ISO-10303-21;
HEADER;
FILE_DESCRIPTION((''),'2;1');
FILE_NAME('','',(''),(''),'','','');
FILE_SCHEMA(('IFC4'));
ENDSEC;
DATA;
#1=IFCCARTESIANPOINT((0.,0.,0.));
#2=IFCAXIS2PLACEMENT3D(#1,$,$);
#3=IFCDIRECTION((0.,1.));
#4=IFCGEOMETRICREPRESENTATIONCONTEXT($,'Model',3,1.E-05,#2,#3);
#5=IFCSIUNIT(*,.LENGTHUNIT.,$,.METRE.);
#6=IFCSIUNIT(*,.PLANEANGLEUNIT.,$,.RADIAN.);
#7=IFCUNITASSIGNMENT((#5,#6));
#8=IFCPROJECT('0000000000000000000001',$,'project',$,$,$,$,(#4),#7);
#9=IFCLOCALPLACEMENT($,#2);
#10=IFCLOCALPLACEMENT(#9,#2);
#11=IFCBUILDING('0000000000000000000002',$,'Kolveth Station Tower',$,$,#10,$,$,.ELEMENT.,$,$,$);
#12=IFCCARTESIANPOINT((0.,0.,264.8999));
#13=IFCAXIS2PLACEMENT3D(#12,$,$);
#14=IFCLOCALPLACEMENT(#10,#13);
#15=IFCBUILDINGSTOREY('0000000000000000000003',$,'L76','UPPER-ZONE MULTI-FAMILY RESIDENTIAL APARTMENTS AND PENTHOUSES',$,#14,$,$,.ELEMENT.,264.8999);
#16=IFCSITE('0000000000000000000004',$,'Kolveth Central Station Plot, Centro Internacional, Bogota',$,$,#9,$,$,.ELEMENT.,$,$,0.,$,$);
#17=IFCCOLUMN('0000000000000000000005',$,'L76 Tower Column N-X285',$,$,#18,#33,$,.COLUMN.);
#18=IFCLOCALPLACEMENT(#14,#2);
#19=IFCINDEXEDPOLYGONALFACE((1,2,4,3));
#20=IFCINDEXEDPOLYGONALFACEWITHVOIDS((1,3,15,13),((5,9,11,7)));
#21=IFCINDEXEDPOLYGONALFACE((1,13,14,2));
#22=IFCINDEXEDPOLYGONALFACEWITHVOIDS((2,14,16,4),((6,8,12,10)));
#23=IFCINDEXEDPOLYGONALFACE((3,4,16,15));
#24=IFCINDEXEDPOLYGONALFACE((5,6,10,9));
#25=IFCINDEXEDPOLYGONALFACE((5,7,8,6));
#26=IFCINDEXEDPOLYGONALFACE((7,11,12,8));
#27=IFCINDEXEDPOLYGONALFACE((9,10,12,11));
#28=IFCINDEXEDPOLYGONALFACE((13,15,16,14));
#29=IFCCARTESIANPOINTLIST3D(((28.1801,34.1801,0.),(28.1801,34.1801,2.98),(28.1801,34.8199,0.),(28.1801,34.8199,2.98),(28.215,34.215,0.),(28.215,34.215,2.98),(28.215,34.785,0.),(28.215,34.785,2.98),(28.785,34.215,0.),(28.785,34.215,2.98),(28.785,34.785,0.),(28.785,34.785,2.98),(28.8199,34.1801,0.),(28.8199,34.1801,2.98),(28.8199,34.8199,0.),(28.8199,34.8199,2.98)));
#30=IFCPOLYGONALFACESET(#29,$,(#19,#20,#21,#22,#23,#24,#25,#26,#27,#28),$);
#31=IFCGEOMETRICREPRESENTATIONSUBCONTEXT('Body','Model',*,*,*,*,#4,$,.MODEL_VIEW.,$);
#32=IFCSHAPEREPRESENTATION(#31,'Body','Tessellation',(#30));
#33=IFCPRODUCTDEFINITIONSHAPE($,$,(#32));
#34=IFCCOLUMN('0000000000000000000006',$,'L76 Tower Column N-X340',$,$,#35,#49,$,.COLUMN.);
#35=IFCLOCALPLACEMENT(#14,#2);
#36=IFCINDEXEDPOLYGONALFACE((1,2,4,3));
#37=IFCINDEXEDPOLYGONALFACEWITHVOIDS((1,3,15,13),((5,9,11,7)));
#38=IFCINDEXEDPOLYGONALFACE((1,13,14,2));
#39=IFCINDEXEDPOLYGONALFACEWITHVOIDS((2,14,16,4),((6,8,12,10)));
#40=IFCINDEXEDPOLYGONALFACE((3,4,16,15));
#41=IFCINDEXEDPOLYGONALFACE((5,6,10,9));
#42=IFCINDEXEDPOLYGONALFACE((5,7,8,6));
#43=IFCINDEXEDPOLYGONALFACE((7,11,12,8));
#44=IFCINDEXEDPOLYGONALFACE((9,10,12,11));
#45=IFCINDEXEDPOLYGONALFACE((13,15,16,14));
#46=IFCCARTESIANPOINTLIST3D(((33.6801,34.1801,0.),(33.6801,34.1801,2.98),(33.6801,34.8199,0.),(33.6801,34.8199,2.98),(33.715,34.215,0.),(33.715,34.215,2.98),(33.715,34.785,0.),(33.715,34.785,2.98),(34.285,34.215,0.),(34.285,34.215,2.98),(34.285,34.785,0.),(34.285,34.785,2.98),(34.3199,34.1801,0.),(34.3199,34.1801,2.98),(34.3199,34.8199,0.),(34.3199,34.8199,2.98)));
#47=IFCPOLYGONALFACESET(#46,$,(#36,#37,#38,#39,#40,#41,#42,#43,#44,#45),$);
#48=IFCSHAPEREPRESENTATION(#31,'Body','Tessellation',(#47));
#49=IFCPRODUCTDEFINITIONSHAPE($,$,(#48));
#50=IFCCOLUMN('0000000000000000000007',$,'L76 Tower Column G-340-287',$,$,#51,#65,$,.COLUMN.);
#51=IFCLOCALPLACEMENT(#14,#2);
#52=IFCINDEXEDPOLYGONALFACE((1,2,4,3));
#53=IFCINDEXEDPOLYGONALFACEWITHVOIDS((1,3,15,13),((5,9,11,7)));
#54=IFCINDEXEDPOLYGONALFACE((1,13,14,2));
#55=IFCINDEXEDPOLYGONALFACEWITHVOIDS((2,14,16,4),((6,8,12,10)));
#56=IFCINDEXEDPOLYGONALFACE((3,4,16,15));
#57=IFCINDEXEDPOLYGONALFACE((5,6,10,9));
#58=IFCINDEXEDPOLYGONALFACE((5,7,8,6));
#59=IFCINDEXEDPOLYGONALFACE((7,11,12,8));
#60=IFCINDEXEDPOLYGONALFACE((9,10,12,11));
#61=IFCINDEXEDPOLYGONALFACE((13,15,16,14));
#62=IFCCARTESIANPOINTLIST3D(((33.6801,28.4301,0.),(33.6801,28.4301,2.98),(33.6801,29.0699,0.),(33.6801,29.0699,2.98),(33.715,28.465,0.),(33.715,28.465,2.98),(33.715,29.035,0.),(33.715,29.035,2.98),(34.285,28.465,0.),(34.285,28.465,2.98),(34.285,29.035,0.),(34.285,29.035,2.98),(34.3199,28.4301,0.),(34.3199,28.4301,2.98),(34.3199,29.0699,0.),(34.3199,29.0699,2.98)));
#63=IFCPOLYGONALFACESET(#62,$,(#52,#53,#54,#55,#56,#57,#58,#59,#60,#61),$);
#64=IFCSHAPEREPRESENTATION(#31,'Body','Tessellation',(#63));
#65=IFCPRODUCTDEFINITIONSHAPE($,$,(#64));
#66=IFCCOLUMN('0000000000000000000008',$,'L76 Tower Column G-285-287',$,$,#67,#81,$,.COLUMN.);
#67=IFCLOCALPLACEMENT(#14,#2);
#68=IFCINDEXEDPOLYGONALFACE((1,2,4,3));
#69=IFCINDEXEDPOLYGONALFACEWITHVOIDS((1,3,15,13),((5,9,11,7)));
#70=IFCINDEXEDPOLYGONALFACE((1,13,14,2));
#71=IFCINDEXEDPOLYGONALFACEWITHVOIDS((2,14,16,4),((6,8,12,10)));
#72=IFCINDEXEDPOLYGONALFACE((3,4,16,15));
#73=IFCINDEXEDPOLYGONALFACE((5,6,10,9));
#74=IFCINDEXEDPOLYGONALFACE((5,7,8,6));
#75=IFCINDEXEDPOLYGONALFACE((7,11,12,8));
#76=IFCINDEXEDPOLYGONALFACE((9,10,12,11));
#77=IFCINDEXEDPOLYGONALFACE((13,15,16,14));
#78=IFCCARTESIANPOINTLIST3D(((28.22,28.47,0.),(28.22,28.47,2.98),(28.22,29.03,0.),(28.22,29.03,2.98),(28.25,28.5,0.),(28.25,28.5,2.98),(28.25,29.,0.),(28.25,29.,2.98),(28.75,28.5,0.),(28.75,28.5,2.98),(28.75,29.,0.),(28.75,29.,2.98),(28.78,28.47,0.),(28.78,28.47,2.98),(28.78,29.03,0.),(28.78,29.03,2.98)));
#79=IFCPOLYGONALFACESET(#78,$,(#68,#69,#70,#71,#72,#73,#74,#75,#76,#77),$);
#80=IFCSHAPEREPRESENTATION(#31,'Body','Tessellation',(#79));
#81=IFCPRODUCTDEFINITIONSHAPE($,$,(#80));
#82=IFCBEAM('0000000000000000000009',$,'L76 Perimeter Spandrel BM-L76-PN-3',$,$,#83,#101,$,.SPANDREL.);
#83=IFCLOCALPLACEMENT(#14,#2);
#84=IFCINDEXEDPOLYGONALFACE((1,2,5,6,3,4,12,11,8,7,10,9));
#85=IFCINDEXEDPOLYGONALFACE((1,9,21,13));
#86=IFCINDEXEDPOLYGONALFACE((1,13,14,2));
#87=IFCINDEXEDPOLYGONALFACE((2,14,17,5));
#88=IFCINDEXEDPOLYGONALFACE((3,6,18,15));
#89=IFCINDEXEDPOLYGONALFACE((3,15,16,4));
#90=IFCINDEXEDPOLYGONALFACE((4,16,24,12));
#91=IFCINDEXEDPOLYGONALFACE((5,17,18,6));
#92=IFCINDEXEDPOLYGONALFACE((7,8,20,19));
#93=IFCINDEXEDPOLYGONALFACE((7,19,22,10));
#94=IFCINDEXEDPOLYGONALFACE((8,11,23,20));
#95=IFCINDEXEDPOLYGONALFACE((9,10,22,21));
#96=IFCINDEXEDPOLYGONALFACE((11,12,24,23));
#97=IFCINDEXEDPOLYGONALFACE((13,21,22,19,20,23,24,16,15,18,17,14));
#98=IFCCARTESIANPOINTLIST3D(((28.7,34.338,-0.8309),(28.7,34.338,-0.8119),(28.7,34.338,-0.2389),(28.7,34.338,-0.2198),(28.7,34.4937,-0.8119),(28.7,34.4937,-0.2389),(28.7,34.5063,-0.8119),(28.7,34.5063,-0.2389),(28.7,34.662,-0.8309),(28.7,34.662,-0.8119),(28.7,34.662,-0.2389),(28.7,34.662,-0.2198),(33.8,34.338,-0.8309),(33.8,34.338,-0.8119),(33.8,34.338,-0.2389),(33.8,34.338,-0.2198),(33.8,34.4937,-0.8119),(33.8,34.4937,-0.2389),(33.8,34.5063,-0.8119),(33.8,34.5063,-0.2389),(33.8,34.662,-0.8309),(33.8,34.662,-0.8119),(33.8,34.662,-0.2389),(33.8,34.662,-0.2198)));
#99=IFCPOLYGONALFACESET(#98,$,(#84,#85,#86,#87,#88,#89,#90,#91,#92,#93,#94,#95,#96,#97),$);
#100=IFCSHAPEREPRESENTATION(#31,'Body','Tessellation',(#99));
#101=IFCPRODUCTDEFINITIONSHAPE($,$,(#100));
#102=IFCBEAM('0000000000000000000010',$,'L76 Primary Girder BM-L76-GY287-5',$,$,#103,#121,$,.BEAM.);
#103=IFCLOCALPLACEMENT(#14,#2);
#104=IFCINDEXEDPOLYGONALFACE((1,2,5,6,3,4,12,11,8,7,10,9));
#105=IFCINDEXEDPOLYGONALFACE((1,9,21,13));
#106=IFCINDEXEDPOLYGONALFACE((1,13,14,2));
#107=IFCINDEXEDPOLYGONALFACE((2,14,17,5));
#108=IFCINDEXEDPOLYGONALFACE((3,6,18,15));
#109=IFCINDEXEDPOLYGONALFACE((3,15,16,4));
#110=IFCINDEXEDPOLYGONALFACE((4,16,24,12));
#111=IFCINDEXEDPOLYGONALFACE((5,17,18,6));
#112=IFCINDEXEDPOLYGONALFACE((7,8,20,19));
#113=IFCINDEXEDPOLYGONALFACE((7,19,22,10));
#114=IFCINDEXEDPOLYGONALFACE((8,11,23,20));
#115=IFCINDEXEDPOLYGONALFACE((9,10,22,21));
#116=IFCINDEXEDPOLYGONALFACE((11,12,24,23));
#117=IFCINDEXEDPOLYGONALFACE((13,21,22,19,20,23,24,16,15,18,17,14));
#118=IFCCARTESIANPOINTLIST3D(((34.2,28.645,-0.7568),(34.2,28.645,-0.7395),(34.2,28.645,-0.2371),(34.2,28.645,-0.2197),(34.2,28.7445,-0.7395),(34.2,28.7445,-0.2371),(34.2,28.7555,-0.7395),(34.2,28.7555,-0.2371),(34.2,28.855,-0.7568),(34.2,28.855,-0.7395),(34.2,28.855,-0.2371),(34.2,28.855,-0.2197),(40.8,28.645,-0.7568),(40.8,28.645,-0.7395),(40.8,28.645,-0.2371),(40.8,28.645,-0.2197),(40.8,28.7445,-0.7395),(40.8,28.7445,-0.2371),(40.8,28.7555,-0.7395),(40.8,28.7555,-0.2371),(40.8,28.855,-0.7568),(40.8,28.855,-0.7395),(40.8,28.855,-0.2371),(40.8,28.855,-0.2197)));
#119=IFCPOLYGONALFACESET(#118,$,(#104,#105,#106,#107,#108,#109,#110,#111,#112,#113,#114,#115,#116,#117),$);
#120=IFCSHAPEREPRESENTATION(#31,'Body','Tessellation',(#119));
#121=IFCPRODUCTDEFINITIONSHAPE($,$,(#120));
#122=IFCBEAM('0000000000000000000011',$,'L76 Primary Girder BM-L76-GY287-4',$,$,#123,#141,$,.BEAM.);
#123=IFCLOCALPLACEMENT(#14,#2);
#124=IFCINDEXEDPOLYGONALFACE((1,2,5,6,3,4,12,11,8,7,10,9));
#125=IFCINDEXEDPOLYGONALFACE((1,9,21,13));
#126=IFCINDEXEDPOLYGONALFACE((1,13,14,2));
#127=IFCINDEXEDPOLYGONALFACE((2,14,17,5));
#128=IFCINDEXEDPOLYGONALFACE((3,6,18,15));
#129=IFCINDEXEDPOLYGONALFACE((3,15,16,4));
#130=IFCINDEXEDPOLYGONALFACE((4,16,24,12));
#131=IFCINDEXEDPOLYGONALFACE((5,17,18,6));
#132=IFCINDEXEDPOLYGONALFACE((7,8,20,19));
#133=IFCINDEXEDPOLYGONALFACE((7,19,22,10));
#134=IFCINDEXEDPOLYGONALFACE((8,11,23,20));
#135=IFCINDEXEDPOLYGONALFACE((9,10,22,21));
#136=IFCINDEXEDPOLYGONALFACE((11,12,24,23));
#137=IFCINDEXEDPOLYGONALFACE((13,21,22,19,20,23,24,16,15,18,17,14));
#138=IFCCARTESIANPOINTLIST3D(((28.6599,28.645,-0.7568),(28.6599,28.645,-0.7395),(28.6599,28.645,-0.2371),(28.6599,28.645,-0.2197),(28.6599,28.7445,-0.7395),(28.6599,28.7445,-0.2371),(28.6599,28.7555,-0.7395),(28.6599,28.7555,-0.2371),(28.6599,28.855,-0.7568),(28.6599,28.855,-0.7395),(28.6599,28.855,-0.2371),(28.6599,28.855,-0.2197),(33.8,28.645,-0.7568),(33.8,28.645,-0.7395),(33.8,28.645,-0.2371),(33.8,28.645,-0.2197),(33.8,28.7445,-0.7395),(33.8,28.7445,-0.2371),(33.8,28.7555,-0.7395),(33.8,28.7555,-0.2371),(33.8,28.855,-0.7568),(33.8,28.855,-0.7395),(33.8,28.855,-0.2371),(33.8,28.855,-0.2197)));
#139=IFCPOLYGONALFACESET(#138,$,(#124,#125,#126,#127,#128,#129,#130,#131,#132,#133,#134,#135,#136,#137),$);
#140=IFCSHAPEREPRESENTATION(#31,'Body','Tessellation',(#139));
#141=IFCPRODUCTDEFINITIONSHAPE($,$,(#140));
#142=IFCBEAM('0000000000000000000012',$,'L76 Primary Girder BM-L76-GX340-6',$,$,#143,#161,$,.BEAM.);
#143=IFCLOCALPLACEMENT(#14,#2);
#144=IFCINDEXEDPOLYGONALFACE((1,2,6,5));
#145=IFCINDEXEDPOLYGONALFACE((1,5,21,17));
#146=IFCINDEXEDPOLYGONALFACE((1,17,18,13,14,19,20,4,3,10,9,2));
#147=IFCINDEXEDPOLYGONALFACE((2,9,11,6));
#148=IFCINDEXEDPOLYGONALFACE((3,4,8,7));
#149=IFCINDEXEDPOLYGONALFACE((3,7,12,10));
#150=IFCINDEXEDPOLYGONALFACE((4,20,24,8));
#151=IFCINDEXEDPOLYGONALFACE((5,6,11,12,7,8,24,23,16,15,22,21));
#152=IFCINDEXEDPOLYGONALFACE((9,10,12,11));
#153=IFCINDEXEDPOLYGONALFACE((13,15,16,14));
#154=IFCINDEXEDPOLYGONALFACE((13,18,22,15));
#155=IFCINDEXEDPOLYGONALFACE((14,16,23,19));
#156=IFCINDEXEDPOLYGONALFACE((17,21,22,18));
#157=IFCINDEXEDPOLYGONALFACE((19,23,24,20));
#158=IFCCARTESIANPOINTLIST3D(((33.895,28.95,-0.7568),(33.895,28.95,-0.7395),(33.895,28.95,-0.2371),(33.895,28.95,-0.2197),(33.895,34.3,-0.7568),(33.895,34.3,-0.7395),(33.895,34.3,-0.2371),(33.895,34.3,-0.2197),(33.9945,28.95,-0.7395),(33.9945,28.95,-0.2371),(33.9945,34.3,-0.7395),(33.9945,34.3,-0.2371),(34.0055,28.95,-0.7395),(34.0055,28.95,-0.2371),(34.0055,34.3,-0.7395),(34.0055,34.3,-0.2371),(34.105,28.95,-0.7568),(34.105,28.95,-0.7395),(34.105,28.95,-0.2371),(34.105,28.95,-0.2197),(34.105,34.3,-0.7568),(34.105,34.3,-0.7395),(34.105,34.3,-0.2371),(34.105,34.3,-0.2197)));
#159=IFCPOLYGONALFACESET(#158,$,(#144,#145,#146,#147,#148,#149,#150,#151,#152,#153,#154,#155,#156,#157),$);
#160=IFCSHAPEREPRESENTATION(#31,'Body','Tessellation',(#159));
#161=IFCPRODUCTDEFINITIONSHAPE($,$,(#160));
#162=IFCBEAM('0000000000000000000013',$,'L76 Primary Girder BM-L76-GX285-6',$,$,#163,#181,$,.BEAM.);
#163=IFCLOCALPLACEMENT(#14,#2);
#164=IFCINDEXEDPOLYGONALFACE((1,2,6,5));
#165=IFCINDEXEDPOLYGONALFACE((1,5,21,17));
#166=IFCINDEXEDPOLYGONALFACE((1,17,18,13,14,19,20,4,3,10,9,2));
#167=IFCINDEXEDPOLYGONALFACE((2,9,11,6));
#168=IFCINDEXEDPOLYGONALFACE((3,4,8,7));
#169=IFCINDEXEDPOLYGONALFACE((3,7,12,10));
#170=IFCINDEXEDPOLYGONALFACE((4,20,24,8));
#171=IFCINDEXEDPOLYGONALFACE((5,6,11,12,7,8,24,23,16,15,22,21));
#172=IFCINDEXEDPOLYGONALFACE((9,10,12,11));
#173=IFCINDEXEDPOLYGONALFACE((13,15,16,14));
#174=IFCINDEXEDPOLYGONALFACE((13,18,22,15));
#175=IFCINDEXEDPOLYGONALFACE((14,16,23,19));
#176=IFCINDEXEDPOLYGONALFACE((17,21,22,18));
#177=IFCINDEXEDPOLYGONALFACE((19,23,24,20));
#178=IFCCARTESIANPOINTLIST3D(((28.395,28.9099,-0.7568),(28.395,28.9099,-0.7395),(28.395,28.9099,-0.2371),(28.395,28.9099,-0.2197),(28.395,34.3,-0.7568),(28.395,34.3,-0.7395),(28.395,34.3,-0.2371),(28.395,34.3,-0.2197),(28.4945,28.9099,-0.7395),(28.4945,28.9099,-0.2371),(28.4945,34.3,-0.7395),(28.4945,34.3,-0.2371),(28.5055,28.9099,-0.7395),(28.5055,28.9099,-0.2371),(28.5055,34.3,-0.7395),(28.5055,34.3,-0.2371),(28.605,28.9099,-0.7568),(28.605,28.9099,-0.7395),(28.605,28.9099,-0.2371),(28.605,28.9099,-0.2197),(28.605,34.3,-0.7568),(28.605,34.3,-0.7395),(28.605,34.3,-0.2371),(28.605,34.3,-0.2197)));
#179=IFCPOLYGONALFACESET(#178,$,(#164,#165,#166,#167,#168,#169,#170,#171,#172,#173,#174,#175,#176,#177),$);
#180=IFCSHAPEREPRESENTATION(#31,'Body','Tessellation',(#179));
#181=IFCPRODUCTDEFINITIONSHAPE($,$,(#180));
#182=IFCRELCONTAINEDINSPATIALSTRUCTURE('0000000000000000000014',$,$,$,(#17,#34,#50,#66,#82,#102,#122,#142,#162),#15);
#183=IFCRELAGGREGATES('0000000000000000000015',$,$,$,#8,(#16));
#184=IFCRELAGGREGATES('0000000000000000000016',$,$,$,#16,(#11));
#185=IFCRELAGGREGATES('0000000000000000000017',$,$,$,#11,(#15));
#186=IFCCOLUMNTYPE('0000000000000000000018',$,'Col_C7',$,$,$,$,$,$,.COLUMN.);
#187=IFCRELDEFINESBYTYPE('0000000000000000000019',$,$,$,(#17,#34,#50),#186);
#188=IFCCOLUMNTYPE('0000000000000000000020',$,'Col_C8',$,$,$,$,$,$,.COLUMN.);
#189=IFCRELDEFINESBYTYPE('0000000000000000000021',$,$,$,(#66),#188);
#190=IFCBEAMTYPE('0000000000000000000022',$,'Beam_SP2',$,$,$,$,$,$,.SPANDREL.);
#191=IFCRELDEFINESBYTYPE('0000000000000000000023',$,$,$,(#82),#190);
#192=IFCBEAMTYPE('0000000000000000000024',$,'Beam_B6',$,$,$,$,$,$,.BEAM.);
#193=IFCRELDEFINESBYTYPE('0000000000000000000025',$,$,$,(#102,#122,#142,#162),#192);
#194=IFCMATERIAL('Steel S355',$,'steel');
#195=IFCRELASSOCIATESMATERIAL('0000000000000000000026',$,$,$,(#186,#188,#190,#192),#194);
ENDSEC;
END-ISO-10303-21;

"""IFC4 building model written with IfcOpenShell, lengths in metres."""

from ifc_helpers import new_model, si_unit, direction, frame, origin, origin_2d, place, context, subcontext, project, spatial, hollow_rectangle, i_section, extrude, source, transform, mapped, material, material_profile, profile_set, type_object, element, save


model = new_model("IFC4")

# Units and contexts
model_context = context("Model", 3, precision=1e-05, world=origin(), true_north=direction((0.0, 1.0)))
body_context = subcontext(model_context, "Body", "Model", "MODEL_VIEW")
ifc_project = project(units=[si_unit("LENGTHUNIT", "METRE"), si_unit("PLANEANGLEUNIT", "RADIAN")], contexts=[model_context])

# Site, building, storey
site_placement = place(None, origin())
site = spatial("IfcSite", under=ifc_project, at=site_placement, Name="Kolveth Central Station Plot, Centro Internacional, Bogota", CompositionType="ELEMENT", RefElevation=0.0)
building_placement = place(site_placement, origin())
building = spatial("IfcBuilding", under=site, at=building_placement, Name="Kolveth Station Tower", CompositionType="ELEMENT")
storey_placement = place(building_placement, frame((0.0, 0.0, 264.8999)))
storey = spatial("IfcBuildingStorey", under=building, at=storey_placement, Name="L76", Description="UPPER-ZONE MULTI-FAMILY RESIDENTIAL APARTMENTS AND PENTHOUSES", CompositionType="ELEMENT", Elevation=264.8999)

# Columns
ifc_material_1 = material(Name="Steel S355", Category="steel")
ifc_material_profile_1 = material_profile(ifc_material_1, hollow_rectangle(XDim=0.6399, YDim=0.6399, WallThickness=0.0349, at=origin_2d()), Name="BOX640x640x35")
ifc_profile_set_1 = profile_set([ifc_material_profile_1], Name="Steel S355")
column_type_1 = type_object("IfcColumnType", Name="Col_C7", PredefinedType="COLUMN", material=ifc_profile_set_1)
shared_shape_1 = source(origin(), body_context, "Body", "SweptSolid", [
    extrude(hollow_rectangle(XDim=0.6399, YDim=0.6399, WallThickness=0.0349, at=origin_2d()), origin(), (0.0, 0.0, 1.0), 2.98),
])
for number, where, z_axis, x_axis, name in (
    (1, (28.5, 34.5, 0.0), (0.0, 0.0, 1.0), (1.0, 0.0, 0.0), "L76 Tower Column N-X285"),
    (2, (34.0, 34.5, 0.0), (0.0, 0.0, 1.0), (1.0, 0.0, 0.0), "L76 Tower Column N-X340"),
    (3, (34.0, 28.75, 0.0), (0.0, 0.0, 1.0), (1.0, 0.0, 0.0), "L76 Tower Column G-340-287"),
):
    element("IfcColumn", number, at=place(storey_placement, frame(where, z_axis=z_axis, x_axis=x_axis)), inside=storey, type_object=column_type_1, Name=name, PredefinedType="COLUMN", context=body_context, shape_type="MappedRepresentation", body=[
        mapped(shared_shape_1, transform((0.0, 0.0, 0.0), x_axis=(1.0, 0.0, 0.0), y_axis=(0.0, 1.0, 0.0), z_axis=(0.0, 0.0, 1.0), scale=1.0)),
    ])
ifc_material_profile_2 = material_profile(ifc_material_1, hollow_rectangle(XDim=0.5601, YDim=0.5601, WallThickness=0.03, at=origin_2d()), Name="BOX560x560x30")
ifc_profile_set_2 = profile_set([ifc_material_profile_2], Name="Steel S355")
column_type_2 = type_object("IfcColumnType", Name="Col_C8", PredefinedType="COLUMN", material=ifc_profile_set_2)
shared_shape_2 = source(origin(), body_context, "Body", "SweptSolid", [
    extrude(hollow_rectangle(XDim=0.5601, YDim=0.5601, WallThickness=0.03, at=origin_2d()), origin(), (0.0, 0.0, 1.0), 2.98),
])
column_placement = place(storey_placement, frame((28.5, 28.75, 0.0), z_axis=(0.0, 0.0, 1.0), x_axis=(1.0, 0.0, 0.0)))
element("IfcColumn", 4, at=column_placement, inside=storey, type_object=column_type_2, Name="L76 Tower Column G-285-287", PredefinedType="COLUMN", context=body_context, shape_type="MappedRepresentation", body=[
    mapped(shared_shape_2, transform((0.0, 0.0, 0.0), x_axis=(1.0, 0.0, 0.0), y_axis=(0.0, 1.0, 0.0), z_axis=(0.0, 0.0, 1.0), scale=1.0)),
])

# Beams
ifc_material_profile_3 = material_profile(ifc_material_1, i_section(OverallWidth=0.324, OverallDepth=0.6111, WebThickness=0.0127, FlangeThickness=0.019, at=origin_2d()), Name="W610x155")
ifc_profile_set_3 = profile_set([ifc_material_profile_3], Name="Steel S355")
beam_type_1 = type_object("IfcBeamType", Name="Beam_SP2", PredefinedType="SPANDREL", material=ifc_profile_set_3)
shared_shape_3 = source(origin(), body_context, "Body", "SweptSolid", [
    extrude(i_section(OverallWidth=0.324, OverallDepth=0.6111, WebThickness=0.0127, FlangeThickness=0.019, at=origin_2d()), origin(), (0.0, 0.0, 1.0), 5.1001),
])
beam_1_placement = place(storey_placement, frame((28.7, 34.5, -0.5254), z_axis=(1.0, 0.0, 0.0), x_axis=(0.0, 1.0, 0.0)))
element("IfcBeam", 5, at=beam_1_placement, inside=storey, type_object=beam_type_1, Name="L76 Perimeter Spandrel BM-L76-PN-3", PredefinedType="SPANDREL", context=body_context, shape_type="MappedRepresentation", body=[
    mapped(shared_shape_3, transform((0.0, 0.0, 0.0), x_axis=(1.0, 0.0, 0.0), y_axis=(0.0, 1.0, 0.0), z_axis=(0.0, 0.0, 1.0), scale=1.0)),
])
ifc_material_profile_4 = material_profile(ifc_material_1, i_section(OverallWidth=0.21, OverallDepth=0.5371, WebThickness=0.011, FlangeThickness=0.0173, at=origin_2d()), Name="W530x101")
ifc_profile_set_4 = profile_set([ifc_material_profile_4], Name="Steel S355")
beam_type_2 = type_object("IfcBeamType", Name="Beam_B6", PredefinedType="BEAM", material=ifc_profile_set_4)
shared_shape_4 = source(origin(), body_context, "Body", "SweptSolid", [
    extrude(i_section(OverallWidth=0.21, OverallDepth=0.5371, WebThickness=0.011, FlangeThickness=0.0173, at=origin_2d()), origin(), (0.0, 0.0, 1.0), 6.6001),
])
beam_2_placement = place(storey_placement, frame((34.2, 28.75, -0.4883), z_axis=(1.0, 0.0, 0.0), x_axis=(0.0, 1.0, 0.0)))
element("IfcBeam", 6, at=beam_2_placement, inside=storey, type_object=beam_type_2, Name="L76 Primary Girder BM-L76-GY287-5", PredefinedType="BEAM", context=body_context, shape_type="MappedRepresentation", body=[
    mapped(shared_shape_4, transform((0.0, 0.0, 0.0), x_axis=(1.0, 0.0, 0.0), y_axis=(0.0, 1.0, 0.0), z_axis=(0.0, 0.0, 1.0), scale=1.0)),
])
shared_shape_5 = source(origin(), body_context, "Body", "SweptSolid", [
    extrude(i_section(OverallWidth=0.21, OverallDepth=0.5371, WebThickness=0.011, FlangeThickness=0.0173, at=origin_2d()), origin(), (0.0, 0.0, 1.0), 5.1401),
])
beam_3_placement = place(storey_placement, frame((28.6599, 28.75, -0.4883), z_axis=(1.0, 0.0, 0.0), x_axis=(0.0, 1.0, 0.0)))
element("IfcBeam", 7, at=beam_3_placement, inside=storey, type_object=beam_type_2, Name="L76 Primary Girder BM-L76-GY287-4", PredefinedType="BEAM", context=body_context, shape_type="MappedRepresentation", body=[
    mapped(shared_shape_5, transform((0.0, 0.0, 0.0), x_axis=(1.0, 0.0, 0.0), y_axis=(0.0, 1.0, 0.0), z_axis=(0.0, 0.0, 1.0), scale=1.0)),
])
shared_shape_6 = source(origin(), body_context, "Body", "SweptSolid", [
    extrude(i_section(OverallWidth=0.21, OverallDepth=0.5371, WebThickness=0.011, FlangeThickness=0.0173, at=origin_2d()), origin(), (0.0, 0.0, 1.0), 5.3501),
])
beam_4_placement = place(storey_placement, frame((34.0, 28.95, -0.4883), z_axis=(0.0, 1.0, 0.0), x_axis=(-1.0, 0.0, 0.0)))
element("IfcBeam", 8, at=beam_4_placement, inside=storey, type_object=beam_type_2, Name="L76 Primary Girder BM-L76-GX340-6", PredefinedType="BEAM", context=body_context, shape_type="MappedRepresentation", body=[
    mapped(shared_shape_6, transform((0.0, 0.0, 0.0), x_axis=(1.0, 0.0, 0.0), y_axis=(0.0, 1.0, 0.0), z_axis=(0.0, 0.0, 1.0), scale=1.0)),
])
shared_shape_7 = source(origin(), body_context, "Body", "SweptSolid", [
    extrude(i_section(OverallWidth=0.21, OverallDepth=0.5371, WebThickness=0.011, FlangeThickness=0.0173, at=origin_2d()), origin(), (0.0, 0.0, 1.0), 5.3901),
])
beam_5_placement = place(storey_placement, frame((28.5, 28.9099, -0.4883), z_axis=(0.0, 1.0, 0.0), x_axis=(-1.0, 0.0, 0.0)))
element("IfcBeam", 9, at=beam_5_placement, inside=storey, type_object=beam_type_2, Name="L76 Primary Girder BM-L76-GX285-6", PredefinedType="BEAM", context=body_context, shape_type="MappedRepresentation", body=[
    mapped(shared_shape_7, transform((0.0, 0.0, 0.0), x_axis=(1.0, 0.0, 0.0), y_axis=(0.0, 1.0, 0.0), z_axis=(0.0, 0.0, 1.0), scale=1.0)),
])

save(model, "model.ifc")
